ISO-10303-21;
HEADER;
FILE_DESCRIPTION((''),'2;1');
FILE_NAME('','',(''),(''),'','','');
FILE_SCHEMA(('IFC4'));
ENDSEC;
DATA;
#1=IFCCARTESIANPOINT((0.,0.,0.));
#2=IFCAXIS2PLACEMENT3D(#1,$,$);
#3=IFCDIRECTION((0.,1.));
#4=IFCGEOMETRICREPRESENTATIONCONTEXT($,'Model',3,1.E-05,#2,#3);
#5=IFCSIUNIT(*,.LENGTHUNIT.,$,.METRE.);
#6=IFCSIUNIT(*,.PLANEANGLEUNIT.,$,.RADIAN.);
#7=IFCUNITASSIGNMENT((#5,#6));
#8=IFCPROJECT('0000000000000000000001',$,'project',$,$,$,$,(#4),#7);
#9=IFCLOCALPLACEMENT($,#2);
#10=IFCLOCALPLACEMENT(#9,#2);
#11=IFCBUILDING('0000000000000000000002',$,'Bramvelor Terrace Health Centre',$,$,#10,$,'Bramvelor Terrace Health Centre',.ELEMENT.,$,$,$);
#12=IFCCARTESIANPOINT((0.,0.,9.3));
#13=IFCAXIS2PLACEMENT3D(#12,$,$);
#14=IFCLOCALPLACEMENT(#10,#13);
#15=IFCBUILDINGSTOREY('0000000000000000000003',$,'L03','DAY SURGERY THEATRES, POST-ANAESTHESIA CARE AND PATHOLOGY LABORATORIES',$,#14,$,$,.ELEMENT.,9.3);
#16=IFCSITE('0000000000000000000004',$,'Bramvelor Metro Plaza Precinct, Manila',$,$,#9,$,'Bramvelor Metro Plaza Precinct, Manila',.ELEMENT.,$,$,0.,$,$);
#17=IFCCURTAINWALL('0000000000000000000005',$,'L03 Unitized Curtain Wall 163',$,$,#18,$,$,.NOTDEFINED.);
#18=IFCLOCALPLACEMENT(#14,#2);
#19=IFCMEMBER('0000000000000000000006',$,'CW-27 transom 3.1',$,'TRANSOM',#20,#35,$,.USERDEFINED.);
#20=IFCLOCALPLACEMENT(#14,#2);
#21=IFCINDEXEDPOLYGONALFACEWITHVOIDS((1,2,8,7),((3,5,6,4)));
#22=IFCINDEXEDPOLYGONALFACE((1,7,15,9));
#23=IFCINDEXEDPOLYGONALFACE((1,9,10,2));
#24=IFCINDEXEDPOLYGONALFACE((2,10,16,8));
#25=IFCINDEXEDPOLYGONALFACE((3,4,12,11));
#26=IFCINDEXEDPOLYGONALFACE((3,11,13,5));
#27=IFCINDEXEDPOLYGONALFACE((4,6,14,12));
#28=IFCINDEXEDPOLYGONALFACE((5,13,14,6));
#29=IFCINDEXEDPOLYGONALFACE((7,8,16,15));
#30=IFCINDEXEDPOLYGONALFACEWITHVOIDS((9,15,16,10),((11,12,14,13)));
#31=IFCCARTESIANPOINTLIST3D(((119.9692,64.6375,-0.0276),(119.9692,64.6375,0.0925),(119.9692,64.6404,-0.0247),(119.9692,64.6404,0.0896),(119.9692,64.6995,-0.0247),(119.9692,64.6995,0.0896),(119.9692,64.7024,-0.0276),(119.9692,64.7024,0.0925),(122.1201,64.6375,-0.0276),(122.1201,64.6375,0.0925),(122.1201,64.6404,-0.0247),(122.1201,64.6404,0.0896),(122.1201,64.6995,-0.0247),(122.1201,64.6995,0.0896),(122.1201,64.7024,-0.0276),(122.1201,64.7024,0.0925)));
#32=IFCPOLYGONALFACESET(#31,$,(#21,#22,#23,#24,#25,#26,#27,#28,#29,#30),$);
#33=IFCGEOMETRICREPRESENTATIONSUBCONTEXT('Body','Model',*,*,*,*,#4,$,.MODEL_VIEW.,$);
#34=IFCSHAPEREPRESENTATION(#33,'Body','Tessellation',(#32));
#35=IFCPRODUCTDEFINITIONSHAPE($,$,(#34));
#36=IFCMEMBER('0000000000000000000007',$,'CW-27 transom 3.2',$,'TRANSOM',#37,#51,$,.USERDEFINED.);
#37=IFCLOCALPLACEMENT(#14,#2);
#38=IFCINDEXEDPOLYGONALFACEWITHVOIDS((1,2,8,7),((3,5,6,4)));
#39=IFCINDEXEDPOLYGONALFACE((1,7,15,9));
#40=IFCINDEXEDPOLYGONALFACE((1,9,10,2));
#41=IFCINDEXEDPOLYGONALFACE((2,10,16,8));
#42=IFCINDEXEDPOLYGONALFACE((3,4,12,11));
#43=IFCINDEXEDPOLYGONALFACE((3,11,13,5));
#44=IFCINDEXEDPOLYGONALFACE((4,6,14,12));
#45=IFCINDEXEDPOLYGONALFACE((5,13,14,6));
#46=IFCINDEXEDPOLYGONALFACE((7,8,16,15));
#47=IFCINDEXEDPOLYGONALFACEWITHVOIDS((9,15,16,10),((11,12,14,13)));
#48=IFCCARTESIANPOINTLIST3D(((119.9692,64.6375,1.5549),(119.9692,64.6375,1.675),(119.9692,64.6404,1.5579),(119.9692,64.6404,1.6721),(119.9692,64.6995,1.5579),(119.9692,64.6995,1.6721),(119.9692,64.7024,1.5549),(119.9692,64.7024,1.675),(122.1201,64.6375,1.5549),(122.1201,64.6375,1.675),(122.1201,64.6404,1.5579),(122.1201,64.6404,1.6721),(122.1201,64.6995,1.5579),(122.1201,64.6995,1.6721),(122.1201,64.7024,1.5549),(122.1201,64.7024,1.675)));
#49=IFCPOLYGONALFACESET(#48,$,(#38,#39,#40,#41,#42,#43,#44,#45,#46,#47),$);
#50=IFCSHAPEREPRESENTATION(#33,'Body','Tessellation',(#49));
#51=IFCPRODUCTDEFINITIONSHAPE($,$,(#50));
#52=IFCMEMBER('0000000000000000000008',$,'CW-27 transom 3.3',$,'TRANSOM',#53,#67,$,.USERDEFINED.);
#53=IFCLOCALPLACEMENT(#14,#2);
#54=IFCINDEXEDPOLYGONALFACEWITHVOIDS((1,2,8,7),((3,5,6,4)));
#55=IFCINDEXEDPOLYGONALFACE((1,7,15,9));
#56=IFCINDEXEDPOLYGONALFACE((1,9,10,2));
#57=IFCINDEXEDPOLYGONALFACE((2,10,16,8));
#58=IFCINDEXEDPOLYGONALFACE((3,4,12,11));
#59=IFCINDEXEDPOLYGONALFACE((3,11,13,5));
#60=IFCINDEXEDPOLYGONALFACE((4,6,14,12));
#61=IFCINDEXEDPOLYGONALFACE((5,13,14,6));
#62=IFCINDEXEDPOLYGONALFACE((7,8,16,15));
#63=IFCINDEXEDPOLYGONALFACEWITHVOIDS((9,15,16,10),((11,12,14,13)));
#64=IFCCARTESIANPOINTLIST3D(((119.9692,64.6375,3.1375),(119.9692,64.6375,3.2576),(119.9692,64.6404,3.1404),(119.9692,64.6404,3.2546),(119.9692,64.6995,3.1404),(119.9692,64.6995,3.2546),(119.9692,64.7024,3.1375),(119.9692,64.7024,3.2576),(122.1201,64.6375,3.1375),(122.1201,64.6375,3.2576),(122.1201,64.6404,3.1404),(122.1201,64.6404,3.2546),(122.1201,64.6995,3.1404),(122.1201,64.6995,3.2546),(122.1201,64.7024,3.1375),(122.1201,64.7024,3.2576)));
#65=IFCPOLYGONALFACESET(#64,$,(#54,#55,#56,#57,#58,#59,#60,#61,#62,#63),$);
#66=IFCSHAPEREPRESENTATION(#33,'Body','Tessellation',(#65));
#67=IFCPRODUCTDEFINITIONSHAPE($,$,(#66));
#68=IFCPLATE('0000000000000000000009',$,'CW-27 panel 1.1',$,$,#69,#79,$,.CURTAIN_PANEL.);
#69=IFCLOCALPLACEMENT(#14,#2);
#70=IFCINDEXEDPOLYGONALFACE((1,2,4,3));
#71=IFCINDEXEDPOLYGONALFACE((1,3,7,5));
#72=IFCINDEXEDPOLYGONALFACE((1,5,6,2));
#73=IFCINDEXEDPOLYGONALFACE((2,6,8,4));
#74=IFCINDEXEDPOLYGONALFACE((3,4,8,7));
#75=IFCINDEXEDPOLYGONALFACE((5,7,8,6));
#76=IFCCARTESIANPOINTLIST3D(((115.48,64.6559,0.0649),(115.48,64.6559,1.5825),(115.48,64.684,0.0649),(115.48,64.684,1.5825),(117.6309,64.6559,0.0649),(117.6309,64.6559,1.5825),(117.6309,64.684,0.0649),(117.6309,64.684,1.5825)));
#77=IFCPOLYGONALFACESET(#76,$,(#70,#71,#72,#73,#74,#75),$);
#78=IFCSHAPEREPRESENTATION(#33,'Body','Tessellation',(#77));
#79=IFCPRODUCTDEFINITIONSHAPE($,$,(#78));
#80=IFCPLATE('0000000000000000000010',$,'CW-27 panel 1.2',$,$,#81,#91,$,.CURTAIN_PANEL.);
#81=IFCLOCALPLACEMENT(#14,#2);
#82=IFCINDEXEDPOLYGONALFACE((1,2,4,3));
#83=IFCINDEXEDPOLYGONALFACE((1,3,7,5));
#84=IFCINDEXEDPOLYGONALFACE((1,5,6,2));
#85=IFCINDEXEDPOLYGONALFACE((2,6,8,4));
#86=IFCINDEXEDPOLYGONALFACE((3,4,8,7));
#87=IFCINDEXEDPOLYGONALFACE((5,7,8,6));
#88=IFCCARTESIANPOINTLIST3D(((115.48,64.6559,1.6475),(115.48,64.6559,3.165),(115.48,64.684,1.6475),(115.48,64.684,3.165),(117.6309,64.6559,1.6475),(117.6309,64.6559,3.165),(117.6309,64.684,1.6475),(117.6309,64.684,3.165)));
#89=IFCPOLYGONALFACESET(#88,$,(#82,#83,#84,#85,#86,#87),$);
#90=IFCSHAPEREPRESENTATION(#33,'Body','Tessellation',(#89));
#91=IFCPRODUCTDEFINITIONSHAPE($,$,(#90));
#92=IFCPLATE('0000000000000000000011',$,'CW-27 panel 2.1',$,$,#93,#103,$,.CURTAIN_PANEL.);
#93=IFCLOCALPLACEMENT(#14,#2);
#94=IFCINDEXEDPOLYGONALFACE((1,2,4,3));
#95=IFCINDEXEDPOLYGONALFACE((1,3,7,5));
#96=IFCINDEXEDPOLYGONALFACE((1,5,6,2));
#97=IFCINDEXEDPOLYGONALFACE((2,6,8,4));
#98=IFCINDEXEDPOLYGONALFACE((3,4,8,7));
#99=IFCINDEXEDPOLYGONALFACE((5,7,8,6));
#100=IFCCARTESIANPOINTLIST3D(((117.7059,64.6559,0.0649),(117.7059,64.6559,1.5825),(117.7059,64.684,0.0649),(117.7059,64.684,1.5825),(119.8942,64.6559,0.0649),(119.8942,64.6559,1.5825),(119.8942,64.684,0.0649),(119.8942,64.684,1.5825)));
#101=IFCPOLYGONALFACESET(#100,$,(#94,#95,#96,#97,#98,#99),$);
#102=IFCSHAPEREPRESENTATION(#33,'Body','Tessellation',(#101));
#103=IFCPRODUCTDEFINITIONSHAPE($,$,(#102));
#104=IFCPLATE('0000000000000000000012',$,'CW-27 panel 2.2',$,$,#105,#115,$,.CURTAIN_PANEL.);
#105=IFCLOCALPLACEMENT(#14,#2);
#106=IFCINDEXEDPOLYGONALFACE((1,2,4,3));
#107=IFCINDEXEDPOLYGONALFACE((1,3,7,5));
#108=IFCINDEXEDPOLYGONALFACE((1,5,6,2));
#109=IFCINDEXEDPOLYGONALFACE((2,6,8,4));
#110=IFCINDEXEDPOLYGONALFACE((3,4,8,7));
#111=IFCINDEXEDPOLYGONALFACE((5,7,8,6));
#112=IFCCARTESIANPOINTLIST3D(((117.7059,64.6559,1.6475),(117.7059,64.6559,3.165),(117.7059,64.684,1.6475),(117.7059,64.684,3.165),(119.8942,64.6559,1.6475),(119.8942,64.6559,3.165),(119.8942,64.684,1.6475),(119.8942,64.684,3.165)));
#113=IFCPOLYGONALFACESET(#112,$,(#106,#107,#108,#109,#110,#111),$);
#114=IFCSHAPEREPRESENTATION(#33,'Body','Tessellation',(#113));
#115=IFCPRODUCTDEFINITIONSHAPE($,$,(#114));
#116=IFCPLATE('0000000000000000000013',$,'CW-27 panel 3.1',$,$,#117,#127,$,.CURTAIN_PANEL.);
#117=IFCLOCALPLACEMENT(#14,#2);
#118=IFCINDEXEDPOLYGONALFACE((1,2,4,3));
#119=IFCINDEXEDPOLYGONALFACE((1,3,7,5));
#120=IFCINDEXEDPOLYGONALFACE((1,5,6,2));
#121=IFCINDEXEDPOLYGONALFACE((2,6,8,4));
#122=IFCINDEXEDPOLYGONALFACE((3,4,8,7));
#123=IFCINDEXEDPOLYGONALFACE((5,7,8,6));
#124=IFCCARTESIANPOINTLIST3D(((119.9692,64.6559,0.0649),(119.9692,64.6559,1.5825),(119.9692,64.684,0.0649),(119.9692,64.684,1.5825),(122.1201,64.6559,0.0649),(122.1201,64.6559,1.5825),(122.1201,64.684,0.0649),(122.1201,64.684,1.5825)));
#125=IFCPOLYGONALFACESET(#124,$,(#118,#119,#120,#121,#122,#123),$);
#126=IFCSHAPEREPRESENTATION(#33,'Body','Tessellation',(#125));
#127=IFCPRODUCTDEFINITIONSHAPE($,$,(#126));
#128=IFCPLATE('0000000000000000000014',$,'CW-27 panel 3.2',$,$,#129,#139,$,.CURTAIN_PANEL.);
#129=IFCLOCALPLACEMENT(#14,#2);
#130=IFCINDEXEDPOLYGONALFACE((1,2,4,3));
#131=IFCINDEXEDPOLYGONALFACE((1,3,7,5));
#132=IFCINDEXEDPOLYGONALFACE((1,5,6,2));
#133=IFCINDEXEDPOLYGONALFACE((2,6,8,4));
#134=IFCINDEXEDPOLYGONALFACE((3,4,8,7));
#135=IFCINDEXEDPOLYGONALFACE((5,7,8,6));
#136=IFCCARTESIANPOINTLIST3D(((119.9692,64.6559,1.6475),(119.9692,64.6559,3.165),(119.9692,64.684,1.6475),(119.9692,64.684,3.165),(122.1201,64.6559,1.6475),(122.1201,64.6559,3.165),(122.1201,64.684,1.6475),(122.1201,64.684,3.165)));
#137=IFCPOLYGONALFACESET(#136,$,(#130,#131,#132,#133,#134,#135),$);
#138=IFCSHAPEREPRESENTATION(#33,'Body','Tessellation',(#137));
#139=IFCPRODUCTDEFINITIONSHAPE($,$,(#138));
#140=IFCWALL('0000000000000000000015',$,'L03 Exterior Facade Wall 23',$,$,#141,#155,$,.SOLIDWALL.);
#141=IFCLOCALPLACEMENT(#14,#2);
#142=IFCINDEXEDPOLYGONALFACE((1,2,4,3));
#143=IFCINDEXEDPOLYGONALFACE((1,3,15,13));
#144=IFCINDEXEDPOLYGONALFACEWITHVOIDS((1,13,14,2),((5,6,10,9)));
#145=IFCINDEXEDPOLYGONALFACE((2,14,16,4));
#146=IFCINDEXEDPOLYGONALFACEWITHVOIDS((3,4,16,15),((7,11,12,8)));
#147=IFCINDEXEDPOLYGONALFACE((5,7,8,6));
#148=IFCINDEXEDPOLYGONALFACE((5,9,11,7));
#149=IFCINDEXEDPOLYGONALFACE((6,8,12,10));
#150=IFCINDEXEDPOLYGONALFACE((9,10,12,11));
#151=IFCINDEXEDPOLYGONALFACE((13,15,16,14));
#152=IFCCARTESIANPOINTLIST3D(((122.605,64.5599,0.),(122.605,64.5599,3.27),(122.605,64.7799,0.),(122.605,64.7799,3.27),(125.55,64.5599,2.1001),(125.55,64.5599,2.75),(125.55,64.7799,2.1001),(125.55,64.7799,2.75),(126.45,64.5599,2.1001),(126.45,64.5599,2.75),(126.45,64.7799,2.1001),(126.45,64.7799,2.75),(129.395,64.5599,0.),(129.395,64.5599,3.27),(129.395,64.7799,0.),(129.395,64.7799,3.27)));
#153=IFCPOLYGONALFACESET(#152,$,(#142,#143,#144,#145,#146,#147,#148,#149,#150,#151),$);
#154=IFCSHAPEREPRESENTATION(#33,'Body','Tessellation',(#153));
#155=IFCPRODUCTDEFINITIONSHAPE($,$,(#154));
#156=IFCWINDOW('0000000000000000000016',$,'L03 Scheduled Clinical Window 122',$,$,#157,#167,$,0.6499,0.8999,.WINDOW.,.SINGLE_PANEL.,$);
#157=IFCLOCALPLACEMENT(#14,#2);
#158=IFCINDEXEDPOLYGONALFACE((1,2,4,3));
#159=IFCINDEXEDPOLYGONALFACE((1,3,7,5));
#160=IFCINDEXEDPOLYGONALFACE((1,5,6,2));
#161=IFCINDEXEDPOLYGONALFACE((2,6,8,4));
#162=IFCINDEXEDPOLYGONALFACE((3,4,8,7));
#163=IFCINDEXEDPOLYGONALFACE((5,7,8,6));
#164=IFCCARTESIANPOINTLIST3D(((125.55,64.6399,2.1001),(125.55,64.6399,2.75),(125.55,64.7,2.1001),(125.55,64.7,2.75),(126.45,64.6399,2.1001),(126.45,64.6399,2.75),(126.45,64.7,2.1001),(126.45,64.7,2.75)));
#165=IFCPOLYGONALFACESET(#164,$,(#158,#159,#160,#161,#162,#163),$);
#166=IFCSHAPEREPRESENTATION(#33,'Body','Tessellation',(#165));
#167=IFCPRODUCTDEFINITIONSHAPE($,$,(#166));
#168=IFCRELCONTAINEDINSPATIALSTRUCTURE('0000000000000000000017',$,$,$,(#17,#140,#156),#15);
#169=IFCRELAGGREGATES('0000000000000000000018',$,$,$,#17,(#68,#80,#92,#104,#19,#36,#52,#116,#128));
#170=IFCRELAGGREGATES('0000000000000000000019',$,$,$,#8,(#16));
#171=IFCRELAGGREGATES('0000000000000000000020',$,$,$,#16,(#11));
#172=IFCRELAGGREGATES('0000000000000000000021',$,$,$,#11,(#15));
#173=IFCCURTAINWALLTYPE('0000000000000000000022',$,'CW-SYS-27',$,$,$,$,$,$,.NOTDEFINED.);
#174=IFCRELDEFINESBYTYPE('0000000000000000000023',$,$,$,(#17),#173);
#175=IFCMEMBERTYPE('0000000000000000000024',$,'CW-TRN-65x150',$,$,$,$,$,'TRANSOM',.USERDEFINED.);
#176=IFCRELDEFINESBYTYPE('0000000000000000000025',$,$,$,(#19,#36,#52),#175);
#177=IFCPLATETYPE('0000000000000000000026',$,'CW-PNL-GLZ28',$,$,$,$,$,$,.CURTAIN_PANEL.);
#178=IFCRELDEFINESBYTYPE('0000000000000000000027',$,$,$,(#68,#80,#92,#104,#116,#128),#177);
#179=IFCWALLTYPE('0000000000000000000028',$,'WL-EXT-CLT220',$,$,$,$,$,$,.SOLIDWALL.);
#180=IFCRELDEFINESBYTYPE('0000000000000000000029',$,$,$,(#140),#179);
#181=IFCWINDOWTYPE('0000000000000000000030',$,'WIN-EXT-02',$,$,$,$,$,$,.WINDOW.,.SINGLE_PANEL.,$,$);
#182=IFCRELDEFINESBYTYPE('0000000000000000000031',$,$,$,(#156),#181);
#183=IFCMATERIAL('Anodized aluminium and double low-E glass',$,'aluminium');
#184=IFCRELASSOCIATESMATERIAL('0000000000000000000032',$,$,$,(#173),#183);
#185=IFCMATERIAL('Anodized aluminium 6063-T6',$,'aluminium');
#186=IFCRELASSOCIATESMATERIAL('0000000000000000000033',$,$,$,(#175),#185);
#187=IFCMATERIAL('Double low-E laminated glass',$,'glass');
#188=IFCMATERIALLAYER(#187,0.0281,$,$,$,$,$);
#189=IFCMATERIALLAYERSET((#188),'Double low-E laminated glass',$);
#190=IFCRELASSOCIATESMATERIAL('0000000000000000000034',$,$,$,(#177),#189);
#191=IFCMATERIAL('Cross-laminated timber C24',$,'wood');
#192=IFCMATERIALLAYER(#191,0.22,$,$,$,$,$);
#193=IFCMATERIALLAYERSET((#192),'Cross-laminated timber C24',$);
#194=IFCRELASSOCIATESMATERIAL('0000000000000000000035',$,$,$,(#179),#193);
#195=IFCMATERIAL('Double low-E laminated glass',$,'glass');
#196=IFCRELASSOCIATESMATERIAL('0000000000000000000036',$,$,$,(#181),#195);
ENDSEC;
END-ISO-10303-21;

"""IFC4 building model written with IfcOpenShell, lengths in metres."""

from ifc_helpers import new_model, si_unit, direction, frame, frame_2d, origin, origin_2d, place, context, subcontext, project, spatial, rectangle, hollow_rectangle, extrude, material, layer, layer_set, material_profile, profile_set, type_object, element, fill, aggregate, save


model = new_model("IFC4")

# Units and contexts
model_context = context("Model", 3, precision=1e-05, world=origin(), true_north=direction((0.0, 1.0)))
body_context = subcontext(model_context, "Body", "Model", "MODEL_VIEW")
ifc_project = project(units=[si_unit("LENGTHUNIT", "METRE"), si_unit("PLANEANGLEUNIT", "RADIAN")], contexts=[model_context])

# Site, building, storey
site_placement = place(None, origin())
site = spatial("IfcSite", under=ifc_project, at=site_placement, Name="Bramvelor Metro Plaza Precinct, Manila", LongName="Bramvelor Metro Plaza Precinct, Manila", CompositionType="ELEMENT", RefElevation=0.0)
building_placement = place(site_placement, origin())
building = spatial("IfcBuilding", under=site, at=building_placement, Name="Bramvelor Terrace Health Centre", LongName="Bramvelor Terrace Health Centre", CompositionType="ELEMENT")
storey_placement = place(building_placement, frame((0.0, 0.0, 9.3)))
storey = spatial("IfcBuildingStorey", under=building, at=storey_placement, Name="L03", Description="DAY SURGERY THEATRES, POST-ANAESTHESIA CARE AND PATHOLOGY LABORATORIES", CompositionType="ELEMENT", Elevation=9.3)

# Curtain wall, members, plates
ifc_material_1 = material(Name="Anodized aluminium and double low-E glass", Category="aluminium")
curtain_wall_type = type_object("IfcCurtainWallType", Name="CW-SYS-27", PredefinedType="NOTDEFINED", material=ifc_material_1)
curtain_wall_placement = place(storey_placement, origin())
curtain_wall = element("IfcCurtainWall", 1, at=curtain_wall_placement, inside=storey, type_object=curtain_wall_type, Name="L03 Unitized Curtain Wall 163", PredefinedType="NOTDEFINED")
ifc_material_2 = material(Name="Anodized aluminium 6063-T6", Category="aluminium")
ifc_material_profile_1 = material_profile(ifc_material_2, hollow_rectangle(XDim=0.0649, YDim=0.1201, WallThickness=0.0029, at=origin_2d()), Name="ALU-TRN 65x120x3.0")
ifc_profile_set_1 = profile_set([ifc_material_profile_1], Name="Anodized aluminium 6063-T6")
member_type_1 = type_object("IfcMemberType", Name="CW-TRN-65x150", ElementType="TRANSOM", PredefinedType="USERDEFINED", material=ifc_profile_set_1)
member_1_placement = place(storey_placement, frame((119.9692, 64.6699, 0.0325), z_axis=(1.0, 0.0, 0.0), x_axis=(0.0, 1.0, 0.0)))
member_1 = element("IfcMember", 2, at=member_1_placement, type_object=member_type_1, Name="CW-27 transom 3.1", ObjectType="TRANSOM", PredefinedType="USERDEFINED", context=body_context, shape_type="SweptSolid", body=[
    extrude(hollow_rectangle(XDim=0.0649, YDim=0.1201, WallThickness=0.0029, at=origin_2d()), origin(), (0.0, 0.0, 1.0), 2.1509),
])
member_2_placement = place(storey_placement, frame((119.9692, 64.6699, 1.615), z_axis=(1.0, 0.0, 0.0), x_axis=(0.0, 1.0, 0.0)))
member_2 = element("IfcMember", 3, at=member_2_placement, type_object=member_type_1, Name="CW-27 transom 3.2", ObjectType="TRANSOM", PredefinedType="USERDEFINED", context=body_context, shape_type="SweptSolid", body=[
    extrude(hollow_rectangle(XDim=0.0649, YDim=0.1201, WallThickness=0.0029, at=origin_2d()), origin(), (0.0, 0.0, 1.0), 2.1509),
])
member_3_placement = place(storey_placement, frame((119.9692, 64.6699, 3.1975), z_axis=(1.0, 0.0, 0.0), x_axis=(0.0, 1.0, 0.0)))
member_3 = element("IfcMember", 4, at=member_3_placement, type_object=member_type_1, Name="CW-27 transom 3.3", ObjectType="TRANSOM", PredefinedType="USERDEFINED", context=body_context, shape_type="SweptSolid", body=[
    extrude(hollow_rectangle(XDim=0.0649, YDim=0.1201, WallThickness=0.0029, at=origin_2d()), origin(), (0.0, 0.0, 1.0), 2.1509),
])
ifc_material_3 = material(Name="Double low-E laminated glass", Category="glass")
ifc_layer_1 = layer(ifc_material_3, 0.0281)
ifc_layer_set_1 = layer_set([ifc_layer_1], Name="Double low-E laminated glass")
plate_type = type_object("IfcPlateType", Name="CW-PNL-GLZ28", PredefinedType="CURTAIN_PANEL", material=ifc_layer_set_1)
plate_1_placement = place(storey_placement, frame((116.5554, 64.6699, 0.0649), z_axis=(0.0, 0.0, 1.0), x_axis=(1.0, 0.0, 0.0)))
plate_1 = element("IfcPlate", 5, at=plate_1_placement, type_object=plate_type, Name="CW-27 panel 1.1", PredefinedType="CURTAIN_PANEL", context=body_context, shape_type="SweptSolid", body=[
    extrude(rectangle(XDim=2.1509, YDim=0.0281, at=origin_2d()), origin(), (0.0, 0.0, 1.0), 1.5176),
])
plate_2_placement = place(storey_placement, frame((116.5554, 64.6699, 1.6475), z_axis=(0.0, 0.0, 1.0), x_axis=(1.0, 0.0, 0.0)))
plate_2 = element("IfcPlate", 6, at=plate_2_placement, type_object=plate_type, Name="CW-27 panel 1.2", PredefinedType="CURTAIN_PANEL", context=body_context, shape_type="SweptSolid", body=[
    extrude(rectangle(XDim=2.1509, YDim=0.0281, at=origin_2d()), origin(), (0.0, 0.0, 1.0), 1.5176),
])
plate_3_placement = place(storey_placement, frame((118.8, 64.6699, 0.0649), z_axis=(0.0, 0.0, 1.0), x_axis=(1.0, 0.0, 0.0)))
plate_3 = element("IfcPlate", 7, at=plate_3_placement, type_object=plate_type, Name="CW-27 panel 2.1", PredefinedType="CURTAIN_PANEL", context=body_context, shape_type="SweptSolid", body=[
    extrude(rectangle(XDim=2.1882, YDim=0.0281, at=origin_2d()), origin(), (0.0, 0.0, 1.0), 1.5176),
])
plate_4_placement = place(storey_placement, frame((118.8, 64.6699, 1.6475), z_axis=(0.0, 0.0, 1.0), x_axis=(1.0, 0.0, 0.0)))
plate_4 = element("IfcPlate", 8, at=plate_4_placement, type_object=plate_type, Name="CW-27 panel 2.2", PredefinedType="CURTAIN_PANEL", context=body_context, shape_type="SweptSolid", body=[
    extrude(rectangle(XDim=2.1882, YDim=0.0281, at=origin_2d()), origin(), (0.0, 0.0, 1.0), 1.5176),
])
plate_5_placement = place(storey_placement, frame((121.0447, 64.6699, 0.0649), z_axis=(0.0, 0.0, 1.0), x_axis=(1.0, 0.0, 0.0)))
plate_5 = element("IfcPlate", 9, at=plate_5_placement, type_object=plate_type, Name="CW-27 panel 3.1", PredefinedType="CURTAIN_PANEL", context=body_context, shape_type="SweptSolid", body=[
    extrude(rectangle(XDim=2.1509, YDim=0.0281, at=origin_2d()), origin(), (0.0, 0.0, 1.0), 1.5176),
])
plate_6_placement = place(storey_placement, frame((121.0447, 64.6699, 1.6475), z_axis=(0.0, 0.0, 1.0), x_axis=(1.0, 0.0, 0.0)))
plate_6 = element("IfcPlate", 10, at=plate_6_placement, type_object=plate_type, Name="CW-27 panel 3.2", PredefinedType="CURTAIN_PANEL", context=body_context, shape_type="SweptSolid", body=[
    extrude(rectangle(XDim=2.1509, YDim=0.0281, at=origin_2d()), origin(), (0.0, 0.0, 1.0), 1.5176),
])
aggregate(curtain_wall, [plate_1, plate_2, plate_3, plate_4, member_1, member_2, member_3, plate_5, plate_6])

# Wall, opening, window
ifc_material_4 = material(Name="Cross-laminated timber C24", Category="wood")
ifc_layer_2 = layer(ifc_material_4, 0.22)
ifc_layer_set_2 = layer_set([ifc_layer_2], Name="Cross-laminated timber C24")
wall_type = type_object("IfcWallType", Name="WL-EXT-CLT220", PredefinedType="SOLIDWALL", material=ifc_layer_set_2)
wall_placement = place(storey_placement, frame((122.605, 64.6699, 0.0), z_axis=(0.0, 0.0, 1.0), x_axis=(1.0, 0.0, 0.0)))
wall = element("IfcWall", 11, at=wall_placement, inside=storey, type_object=wall_type, Name="L03 Exterior Facade Wall 23", PredefinedType="SOLIDWALL", context=body_context, shape_type="SweptSolid", body=[
    extrude(rectangle(XDim=6.79, YDim=0.22, at=frame_2d((3.395, 0.0))), origin(), (0.0, 0.0, 1.0), 3.27),
])
opening_placement = place(wall_placement, frame((2.9451, 0.0, 2.1001)))
opening = element("IfcOpeningElement", 12, at=opening_placement, cuts=wall, PredefinedType="OPENING", context=body_context, shape_type="SweptSolid", body=[
    extrude(rectangle(XDim=0.8999, YDim=0.6499, at=frame_2d((0.45, 0.325))), frame((0.0, 0.1199, 0.0), z_axis=(0.0, -1.0, 0.0), x_axis=(1.0, 0.0, 0.0)), (0.0, 0.0, 1.0), 0.24),
])
ifc_material_5 = material(Name="Double low-E laminated glass", Category="glass")
window_type = type_object("IfcWindowType", Name="WIN-EXT-02", PartitioningType="SINGLE_PANEL", PredefinedType="WINDOW", material=ifc_material_5)
window_placement = place(opening_placement, origin())
window = element("IfcWindow", 13, at=window_placement, inside=storey, type_object=window_type, Name="L03 Scheduled Clinical Window 122", OverallHeight=0.6499, OverallWidth=0.8999, PartitioningType="SINGLE_PANEL", PredefinedType="WINDOW", context=body_context, shape_type="SweptSolid", body=[
    extrude(rectangle(XDim=0.8999, YDim=0.6499, at=frame_2d((0.45, 0.325))), frame((0.0, 0.03, 0.0), z_axis=(0.0, -1.0, 0.0), x_axis=(1.0, 0.0, 0.0)), (0.0, 0.0, 1.0), 0.0601),
])
fill(opening, window)

save(model, "model.ifc")
